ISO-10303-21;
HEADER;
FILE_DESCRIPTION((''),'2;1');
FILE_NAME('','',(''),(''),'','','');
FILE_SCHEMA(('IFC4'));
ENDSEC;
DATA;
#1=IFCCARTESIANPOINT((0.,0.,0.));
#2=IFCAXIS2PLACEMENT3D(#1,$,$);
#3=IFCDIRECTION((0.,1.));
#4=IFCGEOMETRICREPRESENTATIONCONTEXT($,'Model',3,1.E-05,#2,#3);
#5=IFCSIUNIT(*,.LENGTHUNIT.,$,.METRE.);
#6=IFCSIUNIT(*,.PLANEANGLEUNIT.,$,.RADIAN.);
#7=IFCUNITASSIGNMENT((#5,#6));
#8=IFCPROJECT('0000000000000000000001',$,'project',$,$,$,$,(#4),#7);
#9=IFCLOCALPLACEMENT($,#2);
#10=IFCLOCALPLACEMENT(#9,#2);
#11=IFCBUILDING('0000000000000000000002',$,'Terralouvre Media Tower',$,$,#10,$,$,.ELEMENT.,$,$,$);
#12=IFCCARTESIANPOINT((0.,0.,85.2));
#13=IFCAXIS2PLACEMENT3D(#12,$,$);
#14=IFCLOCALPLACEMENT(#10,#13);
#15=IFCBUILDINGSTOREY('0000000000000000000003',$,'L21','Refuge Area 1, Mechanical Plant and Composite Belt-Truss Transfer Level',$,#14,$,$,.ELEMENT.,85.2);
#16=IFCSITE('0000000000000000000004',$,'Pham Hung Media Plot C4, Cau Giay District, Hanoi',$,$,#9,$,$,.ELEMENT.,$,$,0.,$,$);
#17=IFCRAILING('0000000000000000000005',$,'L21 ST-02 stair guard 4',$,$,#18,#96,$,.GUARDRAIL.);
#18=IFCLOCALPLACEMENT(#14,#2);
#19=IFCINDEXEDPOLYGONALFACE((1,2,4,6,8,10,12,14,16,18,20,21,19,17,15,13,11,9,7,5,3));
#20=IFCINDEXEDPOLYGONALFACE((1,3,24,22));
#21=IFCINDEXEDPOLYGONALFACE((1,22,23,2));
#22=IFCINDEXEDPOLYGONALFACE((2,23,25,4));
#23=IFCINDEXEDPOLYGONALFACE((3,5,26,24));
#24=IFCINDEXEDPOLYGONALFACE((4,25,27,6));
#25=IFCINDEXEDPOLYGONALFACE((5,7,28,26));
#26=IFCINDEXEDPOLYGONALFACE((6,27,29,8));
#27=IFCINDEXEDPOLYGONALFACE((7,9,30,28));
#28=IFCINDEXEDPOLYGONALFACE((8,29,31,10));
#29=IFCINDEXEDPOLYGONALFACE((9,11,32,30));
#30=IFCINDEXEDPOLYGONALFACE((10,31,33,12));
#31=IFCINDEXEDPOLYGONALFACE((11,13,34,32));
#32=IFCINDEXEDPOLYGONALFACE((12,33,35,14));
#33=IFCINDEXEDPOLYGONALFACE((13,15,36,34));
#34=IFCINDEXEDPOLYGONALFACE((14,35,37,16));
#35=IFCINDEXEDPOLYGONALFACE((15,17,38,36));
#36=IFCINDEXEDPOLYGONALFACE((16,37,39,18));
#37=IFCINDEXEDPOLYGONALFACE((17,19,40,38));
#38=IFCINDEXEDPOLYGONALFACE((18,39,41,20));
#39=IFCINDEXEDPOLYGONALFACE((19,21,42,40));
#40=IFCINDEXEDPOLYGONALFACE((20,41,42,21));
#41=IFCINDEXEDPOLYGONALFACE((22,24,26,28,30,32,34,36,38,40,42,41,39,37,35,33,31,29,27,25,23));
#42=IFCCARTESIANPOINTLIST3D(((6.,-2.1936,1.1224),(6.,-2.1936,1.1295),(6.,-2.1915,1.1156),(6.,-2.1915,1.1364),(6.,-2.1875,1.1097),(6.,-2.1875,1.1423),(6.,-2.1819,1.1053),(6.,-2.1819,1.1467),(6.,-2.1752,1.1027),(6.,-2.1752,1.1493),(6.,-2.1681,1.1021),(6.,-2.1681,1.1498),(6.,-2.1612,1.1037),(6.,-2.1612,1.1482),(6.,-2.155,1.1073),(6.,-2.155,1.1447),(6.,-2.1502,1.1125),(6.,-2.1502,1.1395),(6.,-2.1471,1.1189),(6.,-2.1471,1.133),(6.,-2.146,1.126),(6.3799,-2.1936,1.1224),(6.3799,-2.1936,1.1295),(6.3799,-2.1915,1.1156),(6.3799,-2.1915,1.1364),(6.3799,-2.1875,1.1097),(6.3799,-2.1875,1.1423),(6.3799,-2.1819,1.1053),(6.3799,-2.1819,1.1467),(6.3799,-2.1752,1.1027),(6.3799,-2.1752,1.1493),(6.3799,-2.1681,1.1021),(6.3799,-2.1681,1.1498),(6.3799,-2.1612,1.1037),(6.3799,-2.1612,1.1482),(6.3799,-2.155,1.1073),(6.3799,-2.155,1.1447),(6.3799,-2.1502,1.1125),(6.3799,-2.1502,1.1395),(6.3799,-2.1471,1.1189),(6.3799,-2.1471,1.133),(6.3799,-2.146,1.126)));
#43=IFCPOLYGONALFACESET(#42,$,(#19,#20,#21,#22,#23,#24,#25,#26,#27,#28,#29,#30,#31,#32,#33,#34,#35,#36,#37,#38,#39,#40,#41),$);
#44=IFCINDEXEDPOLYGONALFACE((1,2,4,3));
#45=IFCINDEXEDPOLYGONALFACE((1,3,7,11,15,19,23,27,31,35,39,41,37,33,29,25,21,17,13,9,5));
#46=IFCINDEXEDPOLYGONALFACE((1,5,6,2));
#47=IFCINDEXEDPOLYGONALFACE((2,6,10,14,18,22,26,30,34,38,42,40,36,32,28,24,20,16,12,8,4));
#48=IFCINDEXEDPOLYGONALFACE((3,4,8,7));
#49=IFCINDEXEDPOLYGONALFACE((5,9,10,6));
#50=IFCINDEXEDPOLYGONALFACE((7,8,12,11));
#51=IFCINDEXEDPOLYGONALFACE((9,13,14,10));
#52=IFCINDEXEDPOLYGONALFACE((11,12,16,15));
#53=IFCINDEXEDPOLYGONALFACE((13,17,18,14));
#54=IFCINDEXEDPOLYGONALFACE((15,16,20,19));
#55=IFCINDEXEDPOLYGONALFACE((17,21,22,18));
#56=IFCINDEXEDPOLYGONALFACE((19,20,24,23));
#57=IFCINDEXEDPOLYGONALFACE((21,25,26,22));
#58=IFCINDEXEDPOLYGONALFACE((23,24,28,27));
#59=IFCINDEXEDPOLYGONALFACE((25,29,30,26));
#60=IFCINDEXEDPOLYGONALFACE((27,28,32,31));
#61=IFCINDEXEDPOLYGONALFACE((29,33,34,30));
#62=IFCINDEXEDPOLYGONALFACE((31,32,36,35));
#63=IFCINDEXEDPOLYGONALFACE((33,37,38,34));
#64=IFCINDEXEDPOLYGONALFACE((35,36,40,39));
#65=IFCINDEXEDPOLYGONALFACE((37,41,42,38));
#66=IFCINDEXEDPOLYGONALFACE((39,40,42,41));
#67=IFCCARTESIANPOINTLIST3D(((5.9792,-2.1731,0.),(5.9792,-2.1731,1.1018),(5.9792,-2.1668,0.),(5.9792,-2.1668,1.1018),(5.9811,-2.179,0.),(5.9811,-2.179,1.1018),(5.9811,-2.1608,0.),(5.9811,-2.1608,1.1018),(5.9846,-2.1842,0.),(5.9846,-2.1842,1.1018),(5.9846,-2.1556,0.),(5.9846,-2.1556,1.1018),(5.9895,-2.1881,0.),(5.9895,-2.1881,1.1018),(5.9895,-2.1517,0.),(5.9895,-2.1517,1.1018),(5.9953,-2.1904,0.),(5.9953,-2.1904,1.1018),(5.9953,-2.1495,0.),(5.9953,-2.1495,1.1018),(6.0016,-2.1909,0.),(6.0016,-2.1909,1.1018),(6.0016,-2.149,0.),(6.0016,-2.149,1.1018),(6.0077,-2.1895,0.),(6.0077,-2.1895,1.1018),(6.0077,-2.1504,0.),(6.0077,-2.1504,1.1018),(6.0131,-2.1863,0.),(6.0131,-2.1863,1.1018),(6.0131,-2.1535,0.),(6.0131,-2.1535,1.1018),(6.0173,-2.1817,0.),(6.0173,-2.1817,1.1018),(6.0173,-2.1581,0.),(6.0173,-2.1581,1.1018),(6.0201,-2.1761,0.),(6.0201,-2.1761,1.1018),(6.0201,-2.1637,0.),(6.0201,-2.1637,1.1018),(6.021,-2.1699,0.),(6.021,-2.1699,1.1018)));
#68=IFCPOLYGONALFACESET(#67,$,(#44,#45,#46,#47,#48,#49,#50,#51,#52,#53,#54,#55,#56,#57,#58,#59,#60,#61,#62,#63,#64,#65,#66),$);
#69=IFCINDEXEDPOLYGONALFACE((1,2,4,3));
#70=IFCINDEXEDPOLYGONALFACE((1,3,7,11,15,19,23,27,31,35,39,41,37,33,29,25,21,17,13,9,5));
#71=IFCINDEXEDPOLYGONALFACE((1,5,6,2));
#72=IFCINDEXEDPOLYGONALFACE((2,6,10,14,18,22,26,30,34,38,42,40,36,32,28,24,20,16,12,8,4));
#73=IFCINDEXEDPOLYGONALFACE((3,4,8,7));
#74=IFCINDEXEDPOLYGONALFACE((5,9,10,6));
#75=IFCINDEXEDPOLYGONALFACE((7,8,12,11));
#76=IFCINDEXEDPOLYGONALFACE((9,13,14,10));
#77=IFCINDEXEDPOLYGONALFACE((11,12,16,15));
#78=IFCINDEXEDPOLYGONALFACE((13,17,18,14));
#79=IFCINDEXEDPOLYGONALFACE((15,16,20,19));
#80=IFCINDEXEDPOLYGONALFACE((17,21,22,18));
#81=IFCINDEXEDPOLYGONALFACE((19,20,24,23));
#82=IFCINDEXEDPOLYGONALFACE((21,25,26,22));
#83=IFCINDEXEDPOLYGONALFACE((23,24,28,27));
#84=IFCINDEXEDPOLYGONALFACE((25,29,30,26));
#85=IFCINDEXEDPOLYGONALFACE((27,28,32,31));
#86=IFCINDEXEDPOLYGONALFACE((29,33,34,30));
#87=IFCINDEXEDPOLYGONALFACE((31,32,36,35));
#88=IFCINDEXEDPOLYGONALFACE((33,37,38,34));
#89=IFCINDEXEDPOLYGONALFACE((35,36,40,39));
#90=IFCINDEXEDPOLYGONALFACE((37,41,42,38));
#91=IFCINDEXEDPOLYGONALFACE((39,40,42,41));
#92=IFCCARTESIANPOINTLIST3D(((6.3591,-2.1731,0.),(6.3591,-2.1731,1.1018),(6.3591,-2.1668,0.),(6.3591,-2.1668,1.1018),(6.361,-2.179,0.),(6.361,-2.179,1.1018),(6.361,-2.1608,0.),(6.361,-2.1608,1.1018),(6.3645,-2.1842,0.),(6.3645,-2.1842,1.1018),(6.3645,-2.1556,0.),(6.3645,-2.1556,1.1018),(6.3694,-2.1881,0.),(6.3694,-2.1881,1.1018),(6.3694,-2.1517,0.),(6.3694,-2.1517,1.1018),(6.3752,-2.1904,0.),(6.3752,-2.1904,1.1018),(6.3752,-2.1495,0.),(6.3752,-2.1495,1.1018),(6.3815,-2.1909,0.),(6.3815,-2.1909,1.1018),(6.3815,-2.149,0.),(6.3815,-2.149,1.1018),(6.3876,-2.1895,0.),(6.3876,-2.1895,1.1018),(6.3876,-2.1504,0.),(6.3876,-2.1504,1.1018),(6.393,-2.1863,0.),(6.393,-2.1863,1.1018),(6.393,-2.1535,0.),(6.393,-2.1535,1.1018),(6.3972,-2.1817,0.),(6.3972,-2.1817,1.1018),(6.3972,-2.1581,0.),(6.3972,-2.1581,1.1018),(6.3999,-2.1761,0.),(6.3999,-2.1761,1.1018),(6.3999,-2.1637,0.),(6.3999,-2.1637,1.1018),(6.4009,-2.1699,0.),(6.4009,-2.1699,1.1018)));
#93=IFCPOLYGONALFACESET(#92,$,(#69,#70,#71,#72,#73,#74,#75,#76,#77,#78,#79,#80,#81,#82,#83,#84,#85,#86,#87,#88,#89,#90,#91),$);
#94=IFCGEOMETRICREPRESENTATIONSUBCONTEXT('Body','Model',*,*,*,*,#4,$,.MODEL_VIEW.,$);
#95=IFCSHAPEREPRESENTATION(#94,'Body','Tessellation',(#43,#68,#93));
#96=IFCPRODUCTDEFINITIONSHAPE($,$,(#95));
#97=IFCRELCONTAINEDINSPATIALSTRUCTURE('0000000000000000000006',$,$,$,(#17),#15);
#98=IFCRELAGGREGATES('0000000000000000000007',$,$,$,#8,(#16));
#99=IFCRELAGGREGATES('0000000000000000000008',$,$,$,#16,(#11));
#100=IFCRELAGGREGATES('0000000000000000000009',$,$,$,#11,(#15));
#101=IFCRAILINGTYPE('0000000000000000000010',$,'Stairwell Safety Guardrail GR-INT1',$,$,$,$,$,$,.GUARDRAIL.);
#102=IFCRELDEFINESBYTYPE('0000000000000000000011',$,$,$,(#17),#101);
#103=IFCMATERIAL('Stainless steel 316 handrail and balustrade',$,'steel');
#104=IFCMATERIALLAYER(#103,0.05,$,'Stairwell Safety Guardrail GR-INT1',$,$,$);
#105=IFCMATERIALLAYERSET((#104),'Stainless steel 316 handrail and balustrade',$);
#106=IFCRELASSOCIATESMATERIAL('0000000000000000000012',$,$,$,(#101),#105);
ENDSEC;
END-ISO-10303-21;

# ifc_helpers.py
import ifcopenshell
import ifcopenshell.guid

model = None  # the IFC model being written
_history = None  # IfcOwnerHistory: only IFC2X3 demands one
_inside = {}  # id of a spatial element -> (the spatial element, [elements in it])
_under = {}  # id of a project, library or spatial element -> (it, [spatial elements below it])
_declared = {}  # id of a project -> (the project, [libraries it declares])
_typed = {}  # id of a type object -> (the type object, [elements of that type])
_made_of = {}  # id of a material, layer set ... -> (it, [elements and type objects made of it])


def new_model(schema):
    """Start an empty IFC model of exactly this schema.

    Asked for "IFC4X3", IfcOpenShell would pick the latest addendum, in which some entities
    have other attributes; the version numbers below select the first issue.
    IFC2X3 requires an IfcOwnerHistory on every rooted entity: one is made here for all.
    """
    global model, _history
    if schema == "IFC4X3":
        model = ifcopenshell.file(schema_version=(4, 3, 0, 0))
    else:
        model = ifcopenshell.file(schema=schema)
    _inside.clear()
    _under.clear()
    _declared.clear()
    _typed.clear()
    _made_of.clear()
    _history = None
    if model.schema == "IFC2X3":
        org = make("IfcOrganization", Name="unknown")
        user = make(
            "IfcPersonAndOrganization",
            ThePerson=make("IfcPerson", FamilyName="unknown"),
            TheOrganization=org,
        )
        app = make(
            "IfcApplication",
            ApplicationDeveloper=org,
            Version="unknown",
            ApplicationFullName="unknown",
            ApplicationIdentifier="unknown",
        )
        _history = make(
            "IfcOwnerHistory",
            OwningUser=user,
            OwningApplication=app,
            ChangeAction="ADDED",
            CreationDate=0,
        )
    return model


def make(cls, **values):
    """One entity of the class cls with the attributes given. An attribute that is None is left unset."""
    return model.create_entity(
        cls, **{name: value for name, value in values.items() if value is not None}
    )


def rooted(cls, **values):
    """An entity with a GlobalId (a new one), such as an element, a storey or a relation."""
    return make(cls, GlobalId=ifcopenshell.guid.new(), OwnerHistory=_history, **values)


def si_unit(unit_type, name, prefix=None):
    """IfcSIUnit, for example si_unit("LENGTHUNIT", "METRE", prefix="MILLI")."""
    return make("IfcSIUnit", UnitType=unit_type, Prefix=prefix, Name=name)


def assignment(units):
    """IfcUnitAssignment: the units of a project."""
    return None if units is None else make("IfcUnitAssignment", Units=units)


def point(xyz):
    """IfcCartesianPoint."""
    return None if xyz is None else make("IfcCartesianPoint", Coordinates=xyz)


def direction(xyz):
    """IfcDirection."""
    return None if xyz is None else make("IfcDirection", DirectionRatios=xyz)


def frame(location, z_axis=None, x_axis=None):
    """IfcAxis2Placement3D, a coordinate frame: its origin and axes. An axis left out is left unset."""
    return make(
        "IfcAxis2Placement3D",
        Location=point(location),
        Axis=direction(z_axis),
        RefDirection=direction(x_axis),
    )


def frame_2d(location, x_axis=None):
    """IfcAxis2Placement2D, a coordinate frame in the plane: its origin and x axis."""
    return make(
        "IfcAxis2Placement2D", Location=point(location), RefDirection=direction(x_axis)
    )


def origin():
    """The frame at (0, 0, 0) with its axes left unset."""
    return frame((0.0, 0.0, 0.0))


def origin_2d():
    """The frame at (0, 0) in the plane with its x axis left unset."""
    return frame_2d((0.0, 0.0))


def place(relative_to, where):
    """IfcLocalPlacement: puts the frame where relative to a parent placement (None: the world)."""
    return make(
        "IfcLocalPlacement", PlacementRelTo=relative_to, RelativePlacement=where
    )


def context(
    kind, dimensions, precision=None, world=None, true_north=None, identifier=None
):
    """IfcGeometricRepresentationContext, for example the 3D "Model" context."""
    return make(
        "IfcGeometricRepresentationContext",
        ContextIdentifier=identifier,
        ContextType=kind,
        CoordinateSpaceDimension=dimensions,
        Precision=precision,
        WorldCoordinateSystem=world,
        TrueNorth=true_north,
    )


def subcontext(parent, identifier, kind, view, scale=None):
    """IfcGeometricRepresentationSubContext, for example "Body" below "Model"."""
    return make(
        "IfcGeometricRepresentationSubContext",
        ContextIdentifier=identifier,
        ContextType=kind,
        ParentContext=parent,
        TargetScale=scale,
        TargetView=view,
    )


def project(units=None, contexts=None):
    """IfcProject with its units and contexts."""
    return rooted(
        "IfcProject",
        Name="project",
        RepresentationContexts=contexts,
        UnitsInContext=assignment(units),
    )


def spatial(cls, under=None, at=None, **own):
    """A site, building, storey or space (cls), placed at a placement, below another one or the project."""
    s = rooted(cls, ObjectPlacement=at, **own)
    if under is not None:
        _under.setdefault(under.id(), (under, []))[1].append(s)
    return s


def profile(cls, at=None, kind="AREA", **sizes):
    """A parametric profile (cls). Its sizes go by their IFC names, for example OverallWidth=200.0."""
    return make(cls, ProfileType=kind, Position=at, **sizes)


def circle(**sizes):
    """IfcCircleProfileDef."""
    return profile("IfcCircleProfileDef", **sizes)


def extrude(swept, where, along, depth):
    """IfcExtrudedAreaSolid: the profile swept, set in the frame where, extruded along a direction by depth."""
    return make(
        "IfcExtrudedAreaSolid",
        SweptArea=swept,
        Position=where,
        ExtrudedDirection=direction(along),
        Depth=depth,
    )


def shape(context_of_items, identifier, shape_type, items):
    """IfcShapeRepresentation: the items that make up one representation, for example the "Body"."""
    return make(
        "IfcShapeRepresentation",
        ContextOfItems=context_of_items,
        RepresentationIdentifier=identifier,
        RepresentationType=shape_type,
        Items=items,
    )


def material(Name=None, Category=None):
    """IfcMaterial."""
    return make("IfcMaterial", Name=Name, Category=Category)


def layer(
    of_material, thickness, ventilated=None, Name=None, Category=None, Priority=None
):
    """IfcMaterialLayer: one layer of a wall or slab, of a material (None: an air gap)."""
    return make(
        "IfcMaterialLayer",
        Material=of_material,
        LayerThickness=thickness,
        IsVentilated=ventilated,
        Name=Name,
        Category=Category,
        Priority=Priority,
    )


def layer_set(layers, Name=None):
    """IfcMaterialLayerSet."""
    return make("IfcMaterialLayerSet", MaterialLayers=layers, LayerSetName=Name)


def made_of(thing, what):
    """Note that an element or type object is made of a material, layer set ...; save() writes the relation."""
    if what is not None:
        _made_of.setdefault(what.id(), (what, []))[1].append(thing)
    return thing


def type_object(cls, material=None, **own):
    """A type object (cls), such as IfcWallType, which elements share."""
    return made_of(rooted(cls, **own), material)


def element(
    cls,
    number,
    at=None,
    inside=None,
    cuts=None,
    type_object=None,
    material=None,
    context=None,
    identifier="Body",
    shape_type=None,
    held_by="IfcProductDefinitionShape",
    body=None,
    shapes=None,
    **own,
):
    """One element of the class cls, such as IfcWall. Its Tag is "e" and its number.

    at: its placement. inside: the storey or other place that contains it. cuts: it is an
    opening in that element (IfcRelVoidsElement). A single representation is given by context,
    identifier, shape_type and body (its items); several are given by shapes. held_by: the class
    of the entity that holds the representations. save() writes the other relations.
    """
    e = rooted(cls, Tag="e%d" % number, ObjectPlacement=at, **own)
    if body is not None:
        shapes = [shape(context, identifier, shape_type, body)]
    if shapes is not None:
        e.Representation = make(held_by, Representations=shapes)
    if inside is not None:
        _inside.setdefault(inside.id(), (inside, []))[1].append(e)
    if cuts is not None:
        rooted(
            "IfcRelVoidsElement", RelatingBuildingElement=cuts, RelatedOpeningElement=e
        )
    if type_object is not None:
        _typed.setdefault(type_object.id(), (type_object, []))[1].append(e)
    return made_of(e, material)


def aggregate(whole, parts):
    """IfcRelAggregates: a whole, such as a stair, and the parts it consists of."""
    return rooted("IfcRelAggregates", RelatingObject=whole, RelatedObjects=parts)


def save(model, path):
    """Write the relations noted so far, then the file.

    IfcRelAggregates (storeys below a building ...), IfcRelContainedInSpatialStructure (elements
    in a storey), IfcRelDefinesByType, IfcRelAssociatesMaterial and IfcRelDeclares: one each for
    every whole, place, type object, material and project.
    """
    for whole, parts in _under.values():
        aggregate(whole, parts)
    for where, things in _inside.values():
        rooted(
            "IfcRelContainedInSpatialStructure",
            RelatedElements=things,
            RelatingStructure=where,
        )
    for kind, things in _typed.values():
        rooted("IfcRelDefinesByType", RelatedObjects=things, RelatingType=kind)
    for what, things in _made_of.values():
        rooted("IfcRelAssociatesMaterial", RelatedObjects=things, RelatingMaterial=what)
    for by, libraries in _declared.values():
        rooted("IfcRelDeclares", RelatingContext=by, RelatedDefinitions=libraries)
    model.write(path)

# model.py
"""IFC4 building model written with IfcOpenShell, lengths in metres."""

from ifc_helpers import new_model, si_unit, direction, frame, origin, origin_2d, place, context, subcontext, project, spatial, circle, extrude, material, layer, layer_set, type_object, element, save


model = new_model("IFC4")

# Units and contexts
model_context = context("Model", 3, precision=1e-05, world=origin(), true_north=direction((0.0, 1.0)))
body_context = subcontext(model_context, "Body", "Model", "MODEL_VIEW")
ifc_project = project(units=[si_unit("LENGTHUNIT", "METRE"), si_unit("PLANEANGLEUNIT", "RADIAN")], contexts=[model_context])

# Site, building, storey
site_placement = place(None, origin())
site = spatial("IfcSite", under=ifc_project, at=site_placement, Name="Pham Hung Media Plot C4, Cau Giay District, Hanoi", CompositionType="ELEMENT", RefElevation=0.0)
building_placement = place(site_placement, origin())
building = spatial("IfcBuilding", under=site, at=building_placement, Name="Terralouvre Media Tower", CompositionType="ELEMENT")
storey_placement = place(building_placement, frame((0.0, 0.0, 85.2)))
storey = spatial("IfcBuildingStorey", under=building, at=storey_placement, Name="L21", Description="Refuge Area 1, Mechanical Plant and Composite Belt-Truss Transfer Level", CompositionType="ELEMENT", Elevation=85.2)

# Railing
ifc_material_1 = material(Name="Stainless steel 316 handrail and balustrade", Category="steel")
ifc_layer_1 = layer(ifc_material_1, 0.05, Name="Stairwell Safety Guardrail GR-INT1")
ifc_layer_set_1 = layer_set([ifc_layer_1], Name="Stainless steel 316 handrail and balustrade")
railing_type_1 = type_object("IfcRailingType", Name="Stairwell Safety Guardrail GR-INT1", PredefinedType="GUARDRAIL", material=ifc_layer_set_1)
railing_1_placement = place(storey_placement, frame((6.0, -2.1699, 0.0)))
element("IfcRailing", 1, at=railing_1_placement, inside=storey, type_object=railing_type_1, Name="L21 ST-02 stair guard 4", PredefinedType="GUARDRAIL", context=body_context, shape_type="SweptSolid", body=[
    extrude(circle(Radius=0.0239, at=origin_2d()), frame((0.0, 0.0, 1.126), z_axis=(1.0, 0.0, 0.0), x_axis=(0.0, 1.0, 0.0)), (0.0, 0.0, 1.0), 0.3799),
    extrude(circle(Radius=0.021, at=origin_2d()), origin(), (0.0, 0.0, 1.0), 1.1018),
    extrude(circle(Radius=0.021, at=origin_2d()), frame((0.3799, 0.0, 0.0)), (0.0, 0.0, 1.0), 1.1018),
])

save(model, "model.ifc")
